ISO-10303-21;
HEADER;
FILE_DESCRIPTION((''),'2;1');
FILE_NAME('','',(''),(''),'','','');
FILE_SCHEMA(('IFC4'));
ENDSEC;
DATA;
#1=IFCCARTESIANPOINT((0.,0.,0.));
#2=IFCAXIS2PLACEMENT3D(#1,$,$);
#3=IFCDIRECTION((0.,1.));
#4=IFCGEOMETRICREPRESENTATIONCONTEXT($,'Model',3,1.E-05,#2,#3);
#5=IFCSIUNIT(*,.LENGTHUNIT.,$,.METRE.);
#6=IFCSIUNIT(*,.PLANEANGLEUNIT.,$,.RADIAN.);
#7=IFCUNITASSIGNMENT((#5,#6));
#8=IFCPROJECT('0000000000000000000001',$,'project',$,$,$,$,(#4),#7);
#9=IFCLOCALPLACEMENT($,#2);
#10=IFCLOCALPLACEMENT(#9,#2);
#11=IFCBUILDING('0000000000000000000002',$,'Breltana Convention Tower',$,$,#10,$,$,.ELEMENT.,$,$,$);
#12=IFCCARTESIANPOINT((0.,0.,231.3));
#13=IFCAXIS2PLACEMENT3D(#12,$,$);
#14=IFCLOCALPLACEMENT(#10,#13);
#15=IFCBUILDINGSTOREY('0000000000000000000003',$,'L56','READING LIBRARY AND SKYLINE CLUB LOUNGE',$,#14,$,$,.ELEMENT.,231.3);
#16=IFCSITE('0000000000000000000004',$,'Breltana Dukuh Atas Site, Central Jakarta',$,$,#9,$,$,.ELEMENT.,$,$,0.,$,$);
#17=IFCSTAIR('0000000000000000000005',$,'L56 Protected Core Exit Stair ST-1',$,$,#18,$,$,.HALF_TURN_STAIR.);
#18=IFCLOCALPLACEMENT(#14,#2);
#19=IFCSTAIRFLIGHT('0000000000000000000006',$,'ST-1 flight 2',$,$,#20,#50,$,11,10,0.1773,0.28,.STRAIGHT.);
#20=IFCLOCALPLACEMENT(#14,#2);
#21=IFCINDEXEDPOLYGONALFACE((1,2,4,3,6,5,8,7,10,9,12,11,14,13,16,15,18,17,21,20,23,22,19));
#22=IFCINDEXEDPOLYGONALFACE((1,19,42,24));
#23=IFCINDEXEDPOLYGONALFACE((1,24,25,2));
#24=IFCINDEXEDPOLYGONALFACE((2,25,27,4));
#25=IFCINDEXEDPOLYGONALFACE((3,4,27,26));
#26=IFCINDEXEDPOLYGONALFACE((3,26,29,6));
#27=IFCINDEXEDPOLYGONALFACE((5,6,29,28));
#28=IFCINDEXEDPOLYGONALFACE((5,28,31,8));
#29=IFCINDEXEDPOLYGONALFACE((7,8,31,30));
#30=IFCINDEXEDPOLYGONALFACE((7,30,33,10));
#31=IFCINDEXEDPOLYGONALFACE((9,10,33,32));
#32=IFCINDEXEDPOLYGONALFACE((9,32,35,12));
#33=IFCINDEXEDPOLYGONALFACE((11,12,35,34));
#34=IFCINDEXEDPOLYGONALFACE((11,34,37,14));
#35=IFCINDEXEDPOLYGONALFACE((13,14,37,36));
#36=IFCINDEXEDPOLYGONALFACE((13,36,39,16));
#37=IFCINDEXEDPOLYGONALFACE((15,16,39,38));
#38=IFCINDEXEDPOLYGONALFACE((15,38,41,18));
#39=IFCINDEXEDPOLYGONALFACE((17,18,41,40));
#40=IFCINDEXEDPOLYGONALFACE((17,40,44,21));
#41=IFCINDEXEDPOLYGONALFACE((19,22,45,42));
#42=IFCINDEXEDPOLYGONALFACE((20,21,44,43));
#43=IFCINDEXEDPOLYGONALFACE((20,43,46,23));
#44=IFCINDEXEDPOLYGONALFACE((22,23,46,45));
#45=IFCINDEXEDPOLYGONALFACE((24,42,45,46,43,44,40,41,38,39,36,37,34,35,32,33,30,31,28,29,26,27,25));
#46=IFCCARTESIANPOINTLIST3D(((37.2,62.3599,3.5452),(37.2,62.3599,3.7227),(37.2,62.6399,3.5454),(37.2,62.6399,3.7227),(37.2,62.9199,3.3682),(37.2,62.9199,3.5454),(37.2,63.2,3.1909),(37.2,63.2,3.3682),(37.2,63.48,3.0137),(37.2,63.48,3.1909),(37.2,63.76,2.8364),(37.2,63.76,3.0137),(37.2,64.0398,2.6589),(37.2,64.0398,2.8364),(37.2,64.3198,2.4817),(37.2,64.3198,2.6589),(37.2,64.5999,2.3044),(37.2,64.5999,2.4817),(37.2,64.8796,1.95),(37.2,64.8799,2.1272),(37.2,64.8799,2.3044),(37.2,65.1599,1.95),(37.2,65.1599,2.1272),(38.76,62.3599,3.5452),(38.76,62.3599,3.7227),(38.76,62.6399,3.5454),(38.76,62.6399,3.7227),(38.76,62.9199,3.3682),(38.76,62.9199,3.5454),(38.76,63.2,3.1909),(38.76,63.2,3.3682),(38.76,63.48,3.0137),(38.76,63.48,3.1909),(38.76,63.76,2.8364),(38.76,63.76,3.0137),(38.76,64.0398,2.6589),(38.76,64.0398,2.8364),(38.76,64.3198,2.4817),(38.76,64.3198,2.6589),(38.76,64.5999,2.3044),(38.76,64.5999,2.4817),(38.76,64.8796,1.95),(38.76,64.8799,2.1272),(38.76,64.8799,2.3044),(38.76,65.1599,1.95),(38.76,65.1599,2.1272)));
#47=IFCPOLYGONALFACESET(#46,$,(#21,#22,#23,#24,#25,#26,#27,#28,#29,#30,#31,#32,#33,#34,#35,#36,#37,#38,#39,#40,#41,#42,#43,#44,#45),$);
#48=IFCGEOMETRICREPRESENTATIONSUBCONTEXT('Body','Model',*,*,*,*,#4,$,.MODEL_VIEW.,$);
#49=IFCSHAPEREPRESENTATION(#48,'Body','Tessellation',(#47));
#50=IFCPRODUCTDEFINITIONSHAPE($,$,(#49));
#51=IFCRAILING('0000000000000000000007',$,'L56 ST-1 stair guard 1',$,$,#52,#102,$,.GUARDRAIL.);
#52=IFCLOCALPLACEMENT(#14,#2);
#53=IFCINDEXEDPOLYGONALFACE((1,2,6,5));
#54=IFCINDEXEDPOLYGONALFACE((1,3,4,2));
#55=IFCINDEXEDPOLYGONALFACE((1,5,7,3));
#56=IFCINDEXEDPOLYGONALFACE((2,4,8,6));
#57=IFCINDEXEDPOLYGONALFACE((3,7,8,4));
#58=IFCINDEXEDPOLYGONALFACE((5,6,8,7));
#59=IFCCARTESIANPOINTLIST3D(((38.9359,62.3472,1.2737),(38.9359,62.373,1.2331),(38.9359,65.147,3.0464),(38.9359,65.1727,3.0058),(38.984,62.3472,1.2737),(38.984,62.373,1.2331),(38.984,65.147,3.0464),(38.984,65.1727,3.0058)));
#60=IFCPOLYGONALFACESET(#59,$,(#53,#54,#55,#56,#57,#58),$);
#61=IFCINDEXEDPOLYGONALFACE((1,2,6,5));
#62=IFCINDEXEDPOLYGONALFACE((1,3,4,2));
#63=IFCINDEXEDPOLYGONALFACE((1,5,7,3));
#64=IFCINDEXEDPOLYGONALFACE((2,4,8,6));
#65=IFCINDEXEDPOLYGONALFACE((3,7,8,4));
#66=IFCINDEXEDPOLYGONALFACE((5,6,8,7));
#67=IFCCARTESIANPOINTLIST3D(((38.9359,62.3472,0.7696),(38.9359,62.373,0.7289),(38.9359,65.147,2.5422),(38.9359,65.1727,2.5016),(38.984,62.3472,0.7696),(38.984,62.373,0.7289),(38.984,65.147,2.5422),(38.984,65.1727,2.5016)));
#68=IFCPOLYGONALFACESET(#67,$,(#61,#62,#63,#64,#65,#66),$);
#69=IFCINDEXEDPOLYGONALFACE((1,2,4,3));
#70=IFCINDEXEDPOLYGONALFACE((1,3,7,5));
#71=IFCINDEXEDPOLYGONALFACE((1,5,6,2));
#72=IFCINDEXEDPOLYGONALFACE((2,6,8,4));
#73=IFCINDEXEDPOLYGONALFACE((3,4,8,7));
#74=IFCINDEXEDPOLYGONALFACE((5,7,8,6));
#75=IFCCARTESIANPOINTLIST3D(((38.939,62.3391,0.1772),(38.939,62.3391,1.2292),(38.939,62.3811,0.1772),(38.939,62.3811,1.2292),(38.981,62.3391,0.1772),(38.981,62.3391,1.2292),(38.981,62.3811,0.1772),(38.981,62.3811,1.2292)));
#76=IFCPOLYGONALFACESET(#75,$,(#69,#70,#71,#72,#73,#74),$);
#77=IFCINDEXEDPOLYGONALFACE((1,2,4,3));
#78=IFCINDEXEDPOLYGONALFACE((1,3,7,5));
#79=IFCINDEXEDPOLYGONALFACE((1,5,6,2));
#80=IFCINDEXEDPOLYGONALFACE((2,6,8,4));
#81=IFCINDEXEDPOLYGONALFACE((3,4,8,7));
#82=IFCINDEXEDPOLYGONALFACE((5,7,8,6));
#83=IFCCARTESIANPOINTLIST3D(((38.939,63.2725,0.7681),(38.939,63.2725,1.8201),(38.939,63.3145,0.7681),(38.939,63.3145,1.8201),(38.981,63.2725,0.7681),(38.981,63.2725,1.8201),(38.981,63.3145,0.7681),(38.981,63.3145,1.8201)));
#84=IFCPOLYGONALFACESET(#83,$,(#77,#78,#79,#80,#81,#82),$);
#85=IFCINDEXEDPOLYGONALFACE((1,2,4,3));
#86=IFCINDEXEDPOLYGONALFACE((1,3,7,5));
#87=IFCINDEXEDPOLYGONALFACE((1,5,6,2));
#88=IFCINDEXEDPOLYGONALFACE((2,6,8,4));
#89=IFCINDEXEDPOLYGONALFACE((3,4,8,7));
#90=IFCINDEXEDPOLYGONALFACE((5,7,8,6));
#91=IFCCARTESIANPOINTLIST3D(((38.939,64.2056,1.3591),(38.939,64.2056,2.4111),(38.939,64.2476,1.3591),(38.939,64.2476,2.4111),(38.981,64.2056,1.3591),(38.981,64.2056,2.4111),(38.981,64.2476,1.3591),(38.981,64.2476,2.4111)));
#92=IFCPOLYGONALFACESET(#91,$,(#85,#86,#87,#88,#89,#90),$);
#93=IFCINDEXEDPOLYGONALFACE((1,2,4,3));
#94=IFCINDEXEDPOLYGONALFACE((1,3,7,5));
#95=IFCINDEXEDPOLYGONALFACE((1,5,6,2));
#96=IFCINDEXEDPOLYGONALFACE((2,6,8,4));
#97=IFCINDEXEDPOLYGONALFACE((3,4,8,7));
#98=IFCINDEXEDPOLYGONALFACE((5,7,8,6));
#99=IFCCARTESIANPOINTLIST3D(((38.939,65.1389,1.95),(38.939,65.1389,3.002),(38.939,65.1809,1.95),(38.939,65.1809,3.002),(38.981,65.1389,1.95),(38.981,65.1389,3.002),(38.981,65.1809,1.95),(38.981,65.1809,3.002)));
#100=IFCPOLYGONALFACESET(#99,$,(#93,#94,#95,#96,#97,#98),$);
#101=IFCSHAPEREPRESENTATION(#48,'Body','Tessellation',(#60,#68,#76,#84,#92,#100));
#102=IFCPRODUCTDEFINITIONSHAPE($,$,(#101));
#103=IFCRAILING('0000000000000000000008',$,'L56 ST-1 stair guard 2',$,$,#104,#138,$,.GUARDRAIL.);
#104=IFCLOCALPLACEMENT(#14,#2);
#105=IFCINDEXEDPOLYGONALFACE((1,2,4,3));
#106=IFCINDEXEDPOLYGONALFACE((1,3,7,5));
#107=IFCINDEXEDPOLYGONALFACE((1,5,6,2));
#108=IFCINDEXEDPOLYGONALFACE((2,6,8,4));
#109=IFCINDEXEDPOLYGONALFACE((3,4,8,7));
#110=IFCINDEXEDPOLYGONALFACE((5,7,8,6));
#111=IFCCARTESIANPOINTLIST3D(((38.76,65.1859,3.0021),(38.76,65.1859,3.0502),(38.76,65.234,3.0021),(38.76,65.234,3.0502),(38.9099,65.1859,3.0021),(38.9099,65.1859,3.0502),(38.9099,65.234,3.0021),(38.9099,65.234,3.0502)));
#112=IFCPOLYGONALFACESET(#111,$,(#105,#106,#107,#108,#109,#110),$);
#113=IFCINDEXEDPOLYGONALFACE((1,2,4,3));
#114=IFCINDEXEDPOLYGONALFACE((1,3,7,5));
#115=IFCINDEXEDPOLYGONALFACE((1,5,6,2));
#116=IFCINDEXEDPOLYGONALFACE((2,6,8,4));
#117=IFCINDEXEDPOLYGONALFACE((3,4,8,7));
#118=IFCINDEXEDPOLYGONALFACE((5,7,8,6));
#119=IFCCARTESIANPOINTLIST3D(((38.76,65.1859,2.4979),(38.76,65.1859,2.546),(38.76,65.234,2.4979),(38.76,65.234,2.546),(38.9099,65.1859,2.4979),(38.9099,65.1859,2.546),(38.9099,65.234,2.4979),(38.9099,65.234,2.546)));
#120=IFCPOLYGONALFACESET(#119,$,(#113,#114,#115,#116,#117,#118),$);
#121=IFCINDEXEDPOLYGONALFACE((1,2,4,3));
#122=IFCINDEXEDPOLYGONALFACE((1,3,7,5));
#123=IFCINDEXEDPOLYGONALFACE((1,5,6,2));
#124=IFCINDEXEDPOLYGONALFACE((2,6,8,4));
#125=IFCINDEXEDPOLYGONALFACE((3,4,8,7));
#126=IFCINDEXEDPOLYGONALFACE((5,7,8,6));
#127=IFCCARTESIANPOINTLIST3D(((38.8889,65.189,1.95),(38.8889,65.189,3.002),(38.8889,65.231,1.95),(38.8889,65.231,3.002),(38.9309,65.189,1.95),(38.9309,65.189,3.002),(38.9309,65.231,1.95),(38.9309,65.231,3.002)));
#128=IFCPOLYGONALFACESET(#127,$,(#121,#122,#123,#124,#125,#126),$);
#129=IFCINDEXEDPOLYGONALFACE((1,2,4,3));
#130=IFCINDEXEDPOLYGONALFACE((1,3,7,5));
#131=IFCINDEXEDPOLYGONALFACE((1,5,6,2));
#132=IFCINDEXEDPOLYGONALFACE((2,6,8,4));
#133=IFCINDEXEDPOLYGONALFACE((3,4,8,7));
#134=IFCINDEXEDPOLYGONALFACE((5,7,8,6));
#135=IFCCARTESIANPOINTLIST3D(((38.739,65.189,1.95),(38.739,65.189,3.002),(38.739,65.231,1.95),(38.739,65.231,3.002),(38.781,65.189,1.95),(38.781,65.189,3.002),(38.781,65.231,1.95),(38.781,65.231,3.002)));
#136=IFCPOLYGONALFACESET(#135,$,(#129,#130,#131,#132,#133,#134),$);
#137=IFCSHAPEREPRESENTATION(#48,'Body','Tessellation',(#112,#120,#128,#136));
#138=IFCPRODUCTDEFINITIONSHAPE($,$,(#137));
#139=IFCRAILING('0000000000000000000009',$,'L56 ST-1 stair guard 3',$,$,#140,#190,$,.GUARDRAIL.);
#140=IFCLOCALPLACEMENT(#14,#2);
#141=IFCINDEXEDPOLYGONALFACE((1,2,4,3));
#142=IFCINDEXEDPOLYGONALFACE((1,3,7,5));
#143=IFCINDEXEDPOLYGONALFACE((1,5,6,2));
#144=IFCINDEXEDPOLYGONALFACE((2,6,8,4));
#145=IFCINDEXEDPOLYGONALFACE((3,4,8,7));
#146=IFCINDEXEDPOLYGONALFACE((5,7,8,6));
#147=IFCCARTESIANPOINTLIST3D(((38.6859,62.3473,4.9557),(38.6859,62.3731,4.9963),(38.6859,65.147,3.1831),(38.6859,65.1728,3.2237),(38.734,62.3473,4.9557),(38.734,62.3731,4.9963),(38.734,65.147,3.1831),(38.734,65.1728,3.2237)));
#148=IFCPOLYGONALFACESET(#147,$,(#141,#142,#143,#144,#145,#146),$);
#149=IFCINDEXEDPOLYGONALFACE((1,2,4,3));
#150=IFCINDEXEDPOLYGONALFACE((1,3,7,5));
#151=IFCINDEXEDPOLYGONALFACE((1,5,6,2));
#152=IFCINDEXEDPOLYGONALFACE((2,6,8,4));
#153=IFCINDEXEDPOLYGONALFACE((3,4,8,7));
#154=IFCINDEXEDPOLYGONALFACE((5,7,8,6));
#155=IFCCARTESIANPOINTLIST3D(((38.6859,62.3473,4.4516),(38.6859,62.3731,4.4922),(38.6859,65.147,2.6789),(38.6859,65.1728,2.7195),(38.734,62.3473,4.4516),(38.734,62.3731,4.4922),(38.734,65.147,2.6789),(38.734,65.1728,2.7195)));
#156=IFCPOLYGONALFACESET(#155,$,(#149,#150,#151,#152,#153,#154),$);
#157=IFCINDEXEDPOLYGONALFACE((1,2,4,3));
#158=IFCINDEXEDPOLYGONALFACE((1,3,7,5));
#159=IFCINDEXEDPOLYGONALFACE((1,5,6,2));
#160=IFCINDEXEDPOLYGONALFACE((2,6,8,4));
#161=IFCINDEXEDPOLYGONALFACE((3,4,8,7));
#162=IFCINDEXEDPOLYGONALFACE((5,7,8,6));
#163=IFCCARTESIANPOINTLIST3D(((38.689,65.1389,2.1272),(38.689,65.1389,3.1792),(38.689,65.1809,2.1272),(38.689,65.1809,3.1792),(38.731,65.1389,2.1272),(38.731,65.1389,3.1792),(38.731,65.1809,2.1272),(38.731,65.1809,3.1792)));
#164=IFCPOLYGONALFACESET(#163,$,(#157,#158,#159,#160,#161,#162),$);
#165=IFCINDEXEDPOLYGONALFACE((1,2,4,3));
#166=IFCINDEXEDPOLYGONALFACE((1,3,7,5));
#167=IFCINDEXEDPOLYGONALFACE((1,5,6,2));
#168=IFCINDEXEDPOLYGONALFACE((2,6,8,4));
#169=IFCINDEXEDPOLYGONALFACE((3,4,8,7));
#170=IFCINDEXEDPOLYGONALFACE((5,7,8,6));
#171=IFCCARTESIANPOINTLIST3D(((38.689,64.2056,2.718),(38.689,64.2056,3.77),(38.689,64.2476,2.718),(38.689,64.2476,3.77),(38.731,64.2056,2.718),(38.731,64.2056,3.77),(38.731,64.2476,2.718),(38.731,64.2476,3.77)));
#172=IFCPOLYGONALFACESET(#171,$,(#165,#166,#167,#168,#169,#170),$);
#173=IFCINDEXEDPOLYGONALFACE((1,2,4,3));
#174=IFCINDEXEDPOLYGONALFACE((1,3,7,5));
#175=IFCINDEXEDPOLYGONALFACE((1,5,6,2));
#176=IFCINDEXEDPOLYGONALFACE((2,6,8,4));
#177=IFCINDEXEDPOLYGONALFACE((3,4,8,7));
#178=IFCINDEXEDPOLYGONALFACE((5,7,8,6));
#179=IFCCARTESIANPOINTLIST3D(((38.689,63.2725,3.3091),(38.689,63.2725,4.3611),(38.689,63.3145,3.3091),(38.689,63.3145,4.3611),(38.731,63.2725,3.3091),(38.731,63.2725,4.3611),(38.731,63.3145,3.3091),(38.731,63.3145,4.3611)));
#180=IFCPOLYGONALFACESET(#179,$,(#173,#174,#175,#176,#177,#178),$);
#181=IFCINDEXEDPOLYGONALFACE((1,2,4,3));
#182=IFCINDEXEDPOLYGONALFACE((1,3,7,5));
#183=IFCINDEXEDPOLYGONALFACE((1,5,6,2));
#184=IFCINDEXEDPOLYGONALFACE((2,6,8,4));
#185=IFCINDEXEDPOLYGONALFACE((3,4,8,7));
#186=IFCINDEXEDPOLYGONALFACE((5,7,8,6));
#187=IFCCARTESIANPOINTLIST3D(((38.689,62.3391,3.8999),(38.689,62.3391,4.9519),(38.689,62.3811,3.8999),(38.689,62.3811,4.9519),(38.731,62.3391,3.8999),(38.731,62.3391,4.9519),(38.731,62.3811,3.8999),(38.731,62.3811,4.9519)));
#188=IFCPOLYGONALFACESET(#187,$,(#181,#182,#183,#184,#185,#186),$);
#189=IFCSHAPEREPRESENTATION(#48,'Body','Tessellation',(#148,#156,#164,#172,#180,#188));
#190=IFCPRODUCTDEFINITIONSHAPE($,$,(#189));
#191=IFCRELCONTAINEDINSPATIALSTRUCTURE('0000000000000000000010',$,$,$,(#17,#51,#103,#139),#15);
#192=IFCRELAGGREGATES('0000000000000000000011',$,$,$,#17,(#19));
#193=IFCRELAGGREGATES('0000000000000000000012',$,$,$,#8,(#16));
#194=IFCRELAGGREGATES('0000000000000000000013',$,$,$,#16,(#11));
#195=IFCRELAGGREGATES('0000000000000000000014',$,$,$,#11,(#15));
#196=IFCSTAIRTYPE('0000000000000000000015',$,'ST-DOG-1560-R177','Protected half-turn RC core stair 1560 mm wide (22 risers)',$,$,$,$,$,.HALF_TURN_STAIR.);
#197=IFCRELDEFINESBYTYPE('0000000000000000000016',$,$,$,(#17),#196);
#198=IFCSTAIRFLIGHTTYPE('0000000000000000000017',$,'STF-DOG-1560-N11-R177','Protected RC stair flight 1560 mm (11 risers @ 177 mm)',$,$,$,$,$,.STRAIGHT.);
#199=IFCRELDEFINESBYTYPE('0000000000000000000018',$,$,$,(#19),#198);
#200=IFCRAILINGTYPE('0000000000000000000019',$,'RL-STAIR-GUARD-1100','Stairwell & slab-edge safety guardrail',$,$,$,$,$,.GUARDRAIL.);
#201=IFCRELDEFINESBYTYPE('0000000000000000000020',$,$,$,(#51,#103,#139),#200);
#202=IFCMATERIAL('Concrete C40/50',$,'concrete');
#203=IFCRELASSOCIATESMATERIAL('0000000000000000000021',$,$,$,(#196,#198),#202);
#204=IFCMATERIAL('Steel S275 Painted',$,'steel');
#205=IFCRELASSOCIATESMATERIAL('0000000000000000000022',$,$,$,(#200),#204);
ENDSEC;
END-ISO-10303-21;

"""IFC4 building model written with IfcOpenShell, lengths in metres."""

from ifc_helpers import new_model, si_unit, direction, frame, origin, origin_2d, place, context, subcontext, project, spatial, polyline, rectangle, outline, extrude, material, type_object, element, aggregate, save


model = new_model("IFC4")

# Units and contexts
model_context = context("Model", 3, precision=1e-05, world=origin(), true_north=direction((0.0, 1.0)))
body_context = subcontext(model_context, "Body", "Model", "MODEL_VIEW")
ifc_project = project(units=[si_unit("LENGTHUNIT", "METRE"), si_unit("PLANEANGLEUNIT", "RADIAN")], contexts=[model_context])

# Site, building, storey
site_placement = place(None, origin())
site = spatial("IfcSite", under=ifc_project, at=site_placement, Name="Breltana Dukuh Atas Site, Central Jakarta", CompositionType="ELEMENT", RefElevation=0.0)
building_placement = place(site_placement, origin())
building = spatial("IfcBuilding", under=site, at=building_placement, Name="Breltana Convention Tower", CompositionType="ELEMENT")
storey_placement = place(building_placement, frame((0.0, 0.0, 231.3)))
storey = spatial("IfcBuildingStorey", under=building, at=storey_placement, Name="L56", Description="READING LIBRARY AND SKYLINE CLUB LOUNGE", CompositionType="ELEMENT", Elevation=231.3)

# Stair, stair flight
ifc_material_1 = material(Name="Concrete C40/50", Category="concrete")
stair_type = type_object("IfcStairType", Name="ST-DOG-1560-R177", Description="Protected half-turn RC core stair 1560 mm wide (22 risers)", PredefinedType="HALF_TURN_STAIR", material=ifc_material_1)
stair_placement = place(storey_placement, origin())
stair = element("IfcStair", 1, at=stair_placement, inside=storey, type_object=stair_type, Name="L56 Protected Core Exit Stair ST-1", PredefinedType="HALF_TURN_STAIR")
stair_flight_type = type_object("IfcStairFlightType", Name="STF-DOG-1560-N11-R177", Description="Protected RC stair flight 1560 mm (11 risers @ 177 mm)", PredefinedType="STRAIGHT", material=ifc_material_1)
stair_flight_1_placement = place(storey_placement, frame((37.98, 65.1599, 1.95), z_axis=(0.0, 0.0, 1.0), x_axis=(0.0, -1.0, 0.0)))
stair_flight_1 = element("IfcStairFlight", 2, at=stair_flight_1_placement, type_object=stair_flight_type, Name="ST-1 flight 2", NumberOfRisers=11, NumberOfTreads=10, PredefinedType="STRAIGHT", RiserHeight=0.1773, TreadLength=0.28, context=body_context, shape_type="SweptSolid", body=[
    extrude(outline(polyline([(0.0, 0.0), (0.0, 0.1772), (0.28, 0.1772), (0.28, 0.3545), (0.5601, 0.3545), (0.5601, 0.5317), (0.8401, 0.5317), (0.8401, 0.709), (1.1201, 0.709), (1.1201, 0.8865), (1.3999, 0.8865), (1.3999, 1.0637), (1.6799, 1.0637), (1.6799, 1.241), (1.96, 1.241), (1.96, 1.4182), (2.24, 1.4182), (2.24, 1.5955), (2.52, 1.5955), (2.52, 1.7727), (2.8, 1.7727), (2.8, 1.95), (2.8, 1.5952), (0.2803, 0.0), (0.0, 0.0)])), frame((0.0, 0.78, 0.0), z_axis=(0.0, -1.0, 0.0), x_axis=(1.0, 0.0, 0.0)), (0.0, 0.0, 1.0), 1.5601),
])
aggregate(stair, [stair_flight_1])

# Railings
ifc_material_2 = material(Name="Steel S275 Painted", Category="steel")
railing_type_1 = type_object("IfcRailingType", Name="RL-STAIR-GUARD-1100", Description="Stairwell & slab-edge safety guardrail", PredefinedType="GUARDRAIL", material=ifc_material_2)
railing_1_placement = place(storey_placement, frame((38.96, 62.3601, 0.1772)))
element("IfcRailing", 3, at=railing_1_placement, inside=storey, type_object=railing_type_1, Name="L56 ST-1 stair guard 1", PredefinedType="GUARDRAIL", context=body_context, shape_type="SweptSolid", body=[
    extrude(rectangle(XDim=0.0481, YDim=0.0481, at=origin_2d()), frame((0.0, 0.0, 1.0762), z_axis=(0.0, 0.844888, 0.534943), x_axis=(-1.0, 0.0, 0.0)), (0.0, 0.0, 1.0), 3.3137),
    extrude(rectangle(XDim=0.0481, YDim=0.0481, at=origin_2d()), frame((0.0, 0.0, 0.572), z_axis=(0.0, 0.844888, 0.534943), x_axis=(-1.0, 0.0, 0.0)), (0.0, 0.0, 1.0), 3.3137),
    extrude(rectangle(XDim=0.042, YDim=0.042, at=origin_2d()), origin(), (0.0, 0.0, 1.0), 1.052),
    extrude(rectangle(XDim=0.042, YDim=0.042, at=origin_2d()), frame((0.0, 0.9333, 0.5908)), (0.0, 0.0, 1.0), 1.052),
    extrude(rectangle(XDim=0.042, YDim=0.042, at=origin_2d()), frame((0.0, 1.8665, 1.1819)), (0.0, 0.0, 1.0), 1.052),
    extrude(rectangle(XDim=0.042, YDim=0.042, at=origin_2d()), frame((0.0, 2.7998, 1.7727)), (0.0, 0.0, 1.0), 1.052),
])
railing_2_placement = place(storey_placement, frame((38.9099, 65.21, 1.95)))
element("IfcRailing", 4, at=railing_2_placement, inside=storey, type_object=railing_type_1, Name="L56 ST-1 stair guard 2", PredefinedType="GUARDRAIL", context=body_context, shape_type="SweptSolid", body=[
    extrude(rectangle(XDim=0.0481, YDim=0.0481, at=origin_2d()), frame((0.0, 0.0, 1.0762), z_axis=(-1.0, 0.0, 0.0), x_axis=(0.0, -1.0, 0.0)), (0.0, 0.0, 1.0), 0.1499),
    extrude(rectangle(XDim=0.0481, YDim=0.0481, at=origin_2d()), frame((0.0, 0.0, 0.572), z_axis=(-1.0, 0.0, 0.0), x_axis=(0.0, -1.0, 0.0)), (0.0, 0.0, 1.0), 0.1499),
    extrude(rectangle(XDim=0.042, YDim=0.042, at=origin_2d()), origin(), (0.0, 0.0, 1.0), 1.052),
    extrude(rectangle(XDim=0.042, YDim=0.042, at=origin_2d()), frame((-0.1499, 0.0, 0.0)), (0.0, 0.0, 1.0), 1.052),
])
railing_3_placement = place(storey_placement, frame((38.71, 65.1599, 2.1272)))
element("IfcRailing", 5, at=railing_3_placement, inside=storey, type_object=railing_type_1, Name="L56 ST-1 stair guard 3", PredefinedType="GUARDRAIL", context=body_context, shape_type="SweptSolid", body=[
    extrude(rectangle(XDim=0.0481, YDim=0.0481, at=origin_2d()), frame((0.0, 0.0, 1.0762), z_axis=(0.0, -0.844888, 0.534943), x_axis=(1.0, 0.0, 0.0)), (0.0, 0.0, 1.0), 3.3137),
    extrude(rectangle(XDim=0.0481, YDim=0.0481, at=origin_2d()), frame((0.0, 0.0, 0.572), z_axis=(0.0, -0.844888, 0.534943), x_axis=(1.0, 0.0, 0.0)), (0.0, 0.0, 1.0), 3.3137),
    extrude(rectangle(XDim=0.042, YDim=0.042, at=origin_2d()), origin(), (0.0, 0.0, 1.0), 1.052),
    extrude(rectangle(XDim=0.042, YDim=0.042, at=origin_2d()), frame((0.0, -0.9333, 0.5908)), (0.0, 0.0, 1.0), 1.052),
    extrude(rectangle(XDim=0.042, YDim=0.042, at=origin_2d()), frame((0.0, -1.8665, 1.1819)), (0.0, 0.0, 1.0), 1.052),
    extrude(rectangle(XDim=0.042, YDim=0.042, at=origin_2d()), frame((0.0, -2.7998, 1.7727)), (0.0, 0.0, 1.0), 1.052),
])

save(model, "model.ifc")
